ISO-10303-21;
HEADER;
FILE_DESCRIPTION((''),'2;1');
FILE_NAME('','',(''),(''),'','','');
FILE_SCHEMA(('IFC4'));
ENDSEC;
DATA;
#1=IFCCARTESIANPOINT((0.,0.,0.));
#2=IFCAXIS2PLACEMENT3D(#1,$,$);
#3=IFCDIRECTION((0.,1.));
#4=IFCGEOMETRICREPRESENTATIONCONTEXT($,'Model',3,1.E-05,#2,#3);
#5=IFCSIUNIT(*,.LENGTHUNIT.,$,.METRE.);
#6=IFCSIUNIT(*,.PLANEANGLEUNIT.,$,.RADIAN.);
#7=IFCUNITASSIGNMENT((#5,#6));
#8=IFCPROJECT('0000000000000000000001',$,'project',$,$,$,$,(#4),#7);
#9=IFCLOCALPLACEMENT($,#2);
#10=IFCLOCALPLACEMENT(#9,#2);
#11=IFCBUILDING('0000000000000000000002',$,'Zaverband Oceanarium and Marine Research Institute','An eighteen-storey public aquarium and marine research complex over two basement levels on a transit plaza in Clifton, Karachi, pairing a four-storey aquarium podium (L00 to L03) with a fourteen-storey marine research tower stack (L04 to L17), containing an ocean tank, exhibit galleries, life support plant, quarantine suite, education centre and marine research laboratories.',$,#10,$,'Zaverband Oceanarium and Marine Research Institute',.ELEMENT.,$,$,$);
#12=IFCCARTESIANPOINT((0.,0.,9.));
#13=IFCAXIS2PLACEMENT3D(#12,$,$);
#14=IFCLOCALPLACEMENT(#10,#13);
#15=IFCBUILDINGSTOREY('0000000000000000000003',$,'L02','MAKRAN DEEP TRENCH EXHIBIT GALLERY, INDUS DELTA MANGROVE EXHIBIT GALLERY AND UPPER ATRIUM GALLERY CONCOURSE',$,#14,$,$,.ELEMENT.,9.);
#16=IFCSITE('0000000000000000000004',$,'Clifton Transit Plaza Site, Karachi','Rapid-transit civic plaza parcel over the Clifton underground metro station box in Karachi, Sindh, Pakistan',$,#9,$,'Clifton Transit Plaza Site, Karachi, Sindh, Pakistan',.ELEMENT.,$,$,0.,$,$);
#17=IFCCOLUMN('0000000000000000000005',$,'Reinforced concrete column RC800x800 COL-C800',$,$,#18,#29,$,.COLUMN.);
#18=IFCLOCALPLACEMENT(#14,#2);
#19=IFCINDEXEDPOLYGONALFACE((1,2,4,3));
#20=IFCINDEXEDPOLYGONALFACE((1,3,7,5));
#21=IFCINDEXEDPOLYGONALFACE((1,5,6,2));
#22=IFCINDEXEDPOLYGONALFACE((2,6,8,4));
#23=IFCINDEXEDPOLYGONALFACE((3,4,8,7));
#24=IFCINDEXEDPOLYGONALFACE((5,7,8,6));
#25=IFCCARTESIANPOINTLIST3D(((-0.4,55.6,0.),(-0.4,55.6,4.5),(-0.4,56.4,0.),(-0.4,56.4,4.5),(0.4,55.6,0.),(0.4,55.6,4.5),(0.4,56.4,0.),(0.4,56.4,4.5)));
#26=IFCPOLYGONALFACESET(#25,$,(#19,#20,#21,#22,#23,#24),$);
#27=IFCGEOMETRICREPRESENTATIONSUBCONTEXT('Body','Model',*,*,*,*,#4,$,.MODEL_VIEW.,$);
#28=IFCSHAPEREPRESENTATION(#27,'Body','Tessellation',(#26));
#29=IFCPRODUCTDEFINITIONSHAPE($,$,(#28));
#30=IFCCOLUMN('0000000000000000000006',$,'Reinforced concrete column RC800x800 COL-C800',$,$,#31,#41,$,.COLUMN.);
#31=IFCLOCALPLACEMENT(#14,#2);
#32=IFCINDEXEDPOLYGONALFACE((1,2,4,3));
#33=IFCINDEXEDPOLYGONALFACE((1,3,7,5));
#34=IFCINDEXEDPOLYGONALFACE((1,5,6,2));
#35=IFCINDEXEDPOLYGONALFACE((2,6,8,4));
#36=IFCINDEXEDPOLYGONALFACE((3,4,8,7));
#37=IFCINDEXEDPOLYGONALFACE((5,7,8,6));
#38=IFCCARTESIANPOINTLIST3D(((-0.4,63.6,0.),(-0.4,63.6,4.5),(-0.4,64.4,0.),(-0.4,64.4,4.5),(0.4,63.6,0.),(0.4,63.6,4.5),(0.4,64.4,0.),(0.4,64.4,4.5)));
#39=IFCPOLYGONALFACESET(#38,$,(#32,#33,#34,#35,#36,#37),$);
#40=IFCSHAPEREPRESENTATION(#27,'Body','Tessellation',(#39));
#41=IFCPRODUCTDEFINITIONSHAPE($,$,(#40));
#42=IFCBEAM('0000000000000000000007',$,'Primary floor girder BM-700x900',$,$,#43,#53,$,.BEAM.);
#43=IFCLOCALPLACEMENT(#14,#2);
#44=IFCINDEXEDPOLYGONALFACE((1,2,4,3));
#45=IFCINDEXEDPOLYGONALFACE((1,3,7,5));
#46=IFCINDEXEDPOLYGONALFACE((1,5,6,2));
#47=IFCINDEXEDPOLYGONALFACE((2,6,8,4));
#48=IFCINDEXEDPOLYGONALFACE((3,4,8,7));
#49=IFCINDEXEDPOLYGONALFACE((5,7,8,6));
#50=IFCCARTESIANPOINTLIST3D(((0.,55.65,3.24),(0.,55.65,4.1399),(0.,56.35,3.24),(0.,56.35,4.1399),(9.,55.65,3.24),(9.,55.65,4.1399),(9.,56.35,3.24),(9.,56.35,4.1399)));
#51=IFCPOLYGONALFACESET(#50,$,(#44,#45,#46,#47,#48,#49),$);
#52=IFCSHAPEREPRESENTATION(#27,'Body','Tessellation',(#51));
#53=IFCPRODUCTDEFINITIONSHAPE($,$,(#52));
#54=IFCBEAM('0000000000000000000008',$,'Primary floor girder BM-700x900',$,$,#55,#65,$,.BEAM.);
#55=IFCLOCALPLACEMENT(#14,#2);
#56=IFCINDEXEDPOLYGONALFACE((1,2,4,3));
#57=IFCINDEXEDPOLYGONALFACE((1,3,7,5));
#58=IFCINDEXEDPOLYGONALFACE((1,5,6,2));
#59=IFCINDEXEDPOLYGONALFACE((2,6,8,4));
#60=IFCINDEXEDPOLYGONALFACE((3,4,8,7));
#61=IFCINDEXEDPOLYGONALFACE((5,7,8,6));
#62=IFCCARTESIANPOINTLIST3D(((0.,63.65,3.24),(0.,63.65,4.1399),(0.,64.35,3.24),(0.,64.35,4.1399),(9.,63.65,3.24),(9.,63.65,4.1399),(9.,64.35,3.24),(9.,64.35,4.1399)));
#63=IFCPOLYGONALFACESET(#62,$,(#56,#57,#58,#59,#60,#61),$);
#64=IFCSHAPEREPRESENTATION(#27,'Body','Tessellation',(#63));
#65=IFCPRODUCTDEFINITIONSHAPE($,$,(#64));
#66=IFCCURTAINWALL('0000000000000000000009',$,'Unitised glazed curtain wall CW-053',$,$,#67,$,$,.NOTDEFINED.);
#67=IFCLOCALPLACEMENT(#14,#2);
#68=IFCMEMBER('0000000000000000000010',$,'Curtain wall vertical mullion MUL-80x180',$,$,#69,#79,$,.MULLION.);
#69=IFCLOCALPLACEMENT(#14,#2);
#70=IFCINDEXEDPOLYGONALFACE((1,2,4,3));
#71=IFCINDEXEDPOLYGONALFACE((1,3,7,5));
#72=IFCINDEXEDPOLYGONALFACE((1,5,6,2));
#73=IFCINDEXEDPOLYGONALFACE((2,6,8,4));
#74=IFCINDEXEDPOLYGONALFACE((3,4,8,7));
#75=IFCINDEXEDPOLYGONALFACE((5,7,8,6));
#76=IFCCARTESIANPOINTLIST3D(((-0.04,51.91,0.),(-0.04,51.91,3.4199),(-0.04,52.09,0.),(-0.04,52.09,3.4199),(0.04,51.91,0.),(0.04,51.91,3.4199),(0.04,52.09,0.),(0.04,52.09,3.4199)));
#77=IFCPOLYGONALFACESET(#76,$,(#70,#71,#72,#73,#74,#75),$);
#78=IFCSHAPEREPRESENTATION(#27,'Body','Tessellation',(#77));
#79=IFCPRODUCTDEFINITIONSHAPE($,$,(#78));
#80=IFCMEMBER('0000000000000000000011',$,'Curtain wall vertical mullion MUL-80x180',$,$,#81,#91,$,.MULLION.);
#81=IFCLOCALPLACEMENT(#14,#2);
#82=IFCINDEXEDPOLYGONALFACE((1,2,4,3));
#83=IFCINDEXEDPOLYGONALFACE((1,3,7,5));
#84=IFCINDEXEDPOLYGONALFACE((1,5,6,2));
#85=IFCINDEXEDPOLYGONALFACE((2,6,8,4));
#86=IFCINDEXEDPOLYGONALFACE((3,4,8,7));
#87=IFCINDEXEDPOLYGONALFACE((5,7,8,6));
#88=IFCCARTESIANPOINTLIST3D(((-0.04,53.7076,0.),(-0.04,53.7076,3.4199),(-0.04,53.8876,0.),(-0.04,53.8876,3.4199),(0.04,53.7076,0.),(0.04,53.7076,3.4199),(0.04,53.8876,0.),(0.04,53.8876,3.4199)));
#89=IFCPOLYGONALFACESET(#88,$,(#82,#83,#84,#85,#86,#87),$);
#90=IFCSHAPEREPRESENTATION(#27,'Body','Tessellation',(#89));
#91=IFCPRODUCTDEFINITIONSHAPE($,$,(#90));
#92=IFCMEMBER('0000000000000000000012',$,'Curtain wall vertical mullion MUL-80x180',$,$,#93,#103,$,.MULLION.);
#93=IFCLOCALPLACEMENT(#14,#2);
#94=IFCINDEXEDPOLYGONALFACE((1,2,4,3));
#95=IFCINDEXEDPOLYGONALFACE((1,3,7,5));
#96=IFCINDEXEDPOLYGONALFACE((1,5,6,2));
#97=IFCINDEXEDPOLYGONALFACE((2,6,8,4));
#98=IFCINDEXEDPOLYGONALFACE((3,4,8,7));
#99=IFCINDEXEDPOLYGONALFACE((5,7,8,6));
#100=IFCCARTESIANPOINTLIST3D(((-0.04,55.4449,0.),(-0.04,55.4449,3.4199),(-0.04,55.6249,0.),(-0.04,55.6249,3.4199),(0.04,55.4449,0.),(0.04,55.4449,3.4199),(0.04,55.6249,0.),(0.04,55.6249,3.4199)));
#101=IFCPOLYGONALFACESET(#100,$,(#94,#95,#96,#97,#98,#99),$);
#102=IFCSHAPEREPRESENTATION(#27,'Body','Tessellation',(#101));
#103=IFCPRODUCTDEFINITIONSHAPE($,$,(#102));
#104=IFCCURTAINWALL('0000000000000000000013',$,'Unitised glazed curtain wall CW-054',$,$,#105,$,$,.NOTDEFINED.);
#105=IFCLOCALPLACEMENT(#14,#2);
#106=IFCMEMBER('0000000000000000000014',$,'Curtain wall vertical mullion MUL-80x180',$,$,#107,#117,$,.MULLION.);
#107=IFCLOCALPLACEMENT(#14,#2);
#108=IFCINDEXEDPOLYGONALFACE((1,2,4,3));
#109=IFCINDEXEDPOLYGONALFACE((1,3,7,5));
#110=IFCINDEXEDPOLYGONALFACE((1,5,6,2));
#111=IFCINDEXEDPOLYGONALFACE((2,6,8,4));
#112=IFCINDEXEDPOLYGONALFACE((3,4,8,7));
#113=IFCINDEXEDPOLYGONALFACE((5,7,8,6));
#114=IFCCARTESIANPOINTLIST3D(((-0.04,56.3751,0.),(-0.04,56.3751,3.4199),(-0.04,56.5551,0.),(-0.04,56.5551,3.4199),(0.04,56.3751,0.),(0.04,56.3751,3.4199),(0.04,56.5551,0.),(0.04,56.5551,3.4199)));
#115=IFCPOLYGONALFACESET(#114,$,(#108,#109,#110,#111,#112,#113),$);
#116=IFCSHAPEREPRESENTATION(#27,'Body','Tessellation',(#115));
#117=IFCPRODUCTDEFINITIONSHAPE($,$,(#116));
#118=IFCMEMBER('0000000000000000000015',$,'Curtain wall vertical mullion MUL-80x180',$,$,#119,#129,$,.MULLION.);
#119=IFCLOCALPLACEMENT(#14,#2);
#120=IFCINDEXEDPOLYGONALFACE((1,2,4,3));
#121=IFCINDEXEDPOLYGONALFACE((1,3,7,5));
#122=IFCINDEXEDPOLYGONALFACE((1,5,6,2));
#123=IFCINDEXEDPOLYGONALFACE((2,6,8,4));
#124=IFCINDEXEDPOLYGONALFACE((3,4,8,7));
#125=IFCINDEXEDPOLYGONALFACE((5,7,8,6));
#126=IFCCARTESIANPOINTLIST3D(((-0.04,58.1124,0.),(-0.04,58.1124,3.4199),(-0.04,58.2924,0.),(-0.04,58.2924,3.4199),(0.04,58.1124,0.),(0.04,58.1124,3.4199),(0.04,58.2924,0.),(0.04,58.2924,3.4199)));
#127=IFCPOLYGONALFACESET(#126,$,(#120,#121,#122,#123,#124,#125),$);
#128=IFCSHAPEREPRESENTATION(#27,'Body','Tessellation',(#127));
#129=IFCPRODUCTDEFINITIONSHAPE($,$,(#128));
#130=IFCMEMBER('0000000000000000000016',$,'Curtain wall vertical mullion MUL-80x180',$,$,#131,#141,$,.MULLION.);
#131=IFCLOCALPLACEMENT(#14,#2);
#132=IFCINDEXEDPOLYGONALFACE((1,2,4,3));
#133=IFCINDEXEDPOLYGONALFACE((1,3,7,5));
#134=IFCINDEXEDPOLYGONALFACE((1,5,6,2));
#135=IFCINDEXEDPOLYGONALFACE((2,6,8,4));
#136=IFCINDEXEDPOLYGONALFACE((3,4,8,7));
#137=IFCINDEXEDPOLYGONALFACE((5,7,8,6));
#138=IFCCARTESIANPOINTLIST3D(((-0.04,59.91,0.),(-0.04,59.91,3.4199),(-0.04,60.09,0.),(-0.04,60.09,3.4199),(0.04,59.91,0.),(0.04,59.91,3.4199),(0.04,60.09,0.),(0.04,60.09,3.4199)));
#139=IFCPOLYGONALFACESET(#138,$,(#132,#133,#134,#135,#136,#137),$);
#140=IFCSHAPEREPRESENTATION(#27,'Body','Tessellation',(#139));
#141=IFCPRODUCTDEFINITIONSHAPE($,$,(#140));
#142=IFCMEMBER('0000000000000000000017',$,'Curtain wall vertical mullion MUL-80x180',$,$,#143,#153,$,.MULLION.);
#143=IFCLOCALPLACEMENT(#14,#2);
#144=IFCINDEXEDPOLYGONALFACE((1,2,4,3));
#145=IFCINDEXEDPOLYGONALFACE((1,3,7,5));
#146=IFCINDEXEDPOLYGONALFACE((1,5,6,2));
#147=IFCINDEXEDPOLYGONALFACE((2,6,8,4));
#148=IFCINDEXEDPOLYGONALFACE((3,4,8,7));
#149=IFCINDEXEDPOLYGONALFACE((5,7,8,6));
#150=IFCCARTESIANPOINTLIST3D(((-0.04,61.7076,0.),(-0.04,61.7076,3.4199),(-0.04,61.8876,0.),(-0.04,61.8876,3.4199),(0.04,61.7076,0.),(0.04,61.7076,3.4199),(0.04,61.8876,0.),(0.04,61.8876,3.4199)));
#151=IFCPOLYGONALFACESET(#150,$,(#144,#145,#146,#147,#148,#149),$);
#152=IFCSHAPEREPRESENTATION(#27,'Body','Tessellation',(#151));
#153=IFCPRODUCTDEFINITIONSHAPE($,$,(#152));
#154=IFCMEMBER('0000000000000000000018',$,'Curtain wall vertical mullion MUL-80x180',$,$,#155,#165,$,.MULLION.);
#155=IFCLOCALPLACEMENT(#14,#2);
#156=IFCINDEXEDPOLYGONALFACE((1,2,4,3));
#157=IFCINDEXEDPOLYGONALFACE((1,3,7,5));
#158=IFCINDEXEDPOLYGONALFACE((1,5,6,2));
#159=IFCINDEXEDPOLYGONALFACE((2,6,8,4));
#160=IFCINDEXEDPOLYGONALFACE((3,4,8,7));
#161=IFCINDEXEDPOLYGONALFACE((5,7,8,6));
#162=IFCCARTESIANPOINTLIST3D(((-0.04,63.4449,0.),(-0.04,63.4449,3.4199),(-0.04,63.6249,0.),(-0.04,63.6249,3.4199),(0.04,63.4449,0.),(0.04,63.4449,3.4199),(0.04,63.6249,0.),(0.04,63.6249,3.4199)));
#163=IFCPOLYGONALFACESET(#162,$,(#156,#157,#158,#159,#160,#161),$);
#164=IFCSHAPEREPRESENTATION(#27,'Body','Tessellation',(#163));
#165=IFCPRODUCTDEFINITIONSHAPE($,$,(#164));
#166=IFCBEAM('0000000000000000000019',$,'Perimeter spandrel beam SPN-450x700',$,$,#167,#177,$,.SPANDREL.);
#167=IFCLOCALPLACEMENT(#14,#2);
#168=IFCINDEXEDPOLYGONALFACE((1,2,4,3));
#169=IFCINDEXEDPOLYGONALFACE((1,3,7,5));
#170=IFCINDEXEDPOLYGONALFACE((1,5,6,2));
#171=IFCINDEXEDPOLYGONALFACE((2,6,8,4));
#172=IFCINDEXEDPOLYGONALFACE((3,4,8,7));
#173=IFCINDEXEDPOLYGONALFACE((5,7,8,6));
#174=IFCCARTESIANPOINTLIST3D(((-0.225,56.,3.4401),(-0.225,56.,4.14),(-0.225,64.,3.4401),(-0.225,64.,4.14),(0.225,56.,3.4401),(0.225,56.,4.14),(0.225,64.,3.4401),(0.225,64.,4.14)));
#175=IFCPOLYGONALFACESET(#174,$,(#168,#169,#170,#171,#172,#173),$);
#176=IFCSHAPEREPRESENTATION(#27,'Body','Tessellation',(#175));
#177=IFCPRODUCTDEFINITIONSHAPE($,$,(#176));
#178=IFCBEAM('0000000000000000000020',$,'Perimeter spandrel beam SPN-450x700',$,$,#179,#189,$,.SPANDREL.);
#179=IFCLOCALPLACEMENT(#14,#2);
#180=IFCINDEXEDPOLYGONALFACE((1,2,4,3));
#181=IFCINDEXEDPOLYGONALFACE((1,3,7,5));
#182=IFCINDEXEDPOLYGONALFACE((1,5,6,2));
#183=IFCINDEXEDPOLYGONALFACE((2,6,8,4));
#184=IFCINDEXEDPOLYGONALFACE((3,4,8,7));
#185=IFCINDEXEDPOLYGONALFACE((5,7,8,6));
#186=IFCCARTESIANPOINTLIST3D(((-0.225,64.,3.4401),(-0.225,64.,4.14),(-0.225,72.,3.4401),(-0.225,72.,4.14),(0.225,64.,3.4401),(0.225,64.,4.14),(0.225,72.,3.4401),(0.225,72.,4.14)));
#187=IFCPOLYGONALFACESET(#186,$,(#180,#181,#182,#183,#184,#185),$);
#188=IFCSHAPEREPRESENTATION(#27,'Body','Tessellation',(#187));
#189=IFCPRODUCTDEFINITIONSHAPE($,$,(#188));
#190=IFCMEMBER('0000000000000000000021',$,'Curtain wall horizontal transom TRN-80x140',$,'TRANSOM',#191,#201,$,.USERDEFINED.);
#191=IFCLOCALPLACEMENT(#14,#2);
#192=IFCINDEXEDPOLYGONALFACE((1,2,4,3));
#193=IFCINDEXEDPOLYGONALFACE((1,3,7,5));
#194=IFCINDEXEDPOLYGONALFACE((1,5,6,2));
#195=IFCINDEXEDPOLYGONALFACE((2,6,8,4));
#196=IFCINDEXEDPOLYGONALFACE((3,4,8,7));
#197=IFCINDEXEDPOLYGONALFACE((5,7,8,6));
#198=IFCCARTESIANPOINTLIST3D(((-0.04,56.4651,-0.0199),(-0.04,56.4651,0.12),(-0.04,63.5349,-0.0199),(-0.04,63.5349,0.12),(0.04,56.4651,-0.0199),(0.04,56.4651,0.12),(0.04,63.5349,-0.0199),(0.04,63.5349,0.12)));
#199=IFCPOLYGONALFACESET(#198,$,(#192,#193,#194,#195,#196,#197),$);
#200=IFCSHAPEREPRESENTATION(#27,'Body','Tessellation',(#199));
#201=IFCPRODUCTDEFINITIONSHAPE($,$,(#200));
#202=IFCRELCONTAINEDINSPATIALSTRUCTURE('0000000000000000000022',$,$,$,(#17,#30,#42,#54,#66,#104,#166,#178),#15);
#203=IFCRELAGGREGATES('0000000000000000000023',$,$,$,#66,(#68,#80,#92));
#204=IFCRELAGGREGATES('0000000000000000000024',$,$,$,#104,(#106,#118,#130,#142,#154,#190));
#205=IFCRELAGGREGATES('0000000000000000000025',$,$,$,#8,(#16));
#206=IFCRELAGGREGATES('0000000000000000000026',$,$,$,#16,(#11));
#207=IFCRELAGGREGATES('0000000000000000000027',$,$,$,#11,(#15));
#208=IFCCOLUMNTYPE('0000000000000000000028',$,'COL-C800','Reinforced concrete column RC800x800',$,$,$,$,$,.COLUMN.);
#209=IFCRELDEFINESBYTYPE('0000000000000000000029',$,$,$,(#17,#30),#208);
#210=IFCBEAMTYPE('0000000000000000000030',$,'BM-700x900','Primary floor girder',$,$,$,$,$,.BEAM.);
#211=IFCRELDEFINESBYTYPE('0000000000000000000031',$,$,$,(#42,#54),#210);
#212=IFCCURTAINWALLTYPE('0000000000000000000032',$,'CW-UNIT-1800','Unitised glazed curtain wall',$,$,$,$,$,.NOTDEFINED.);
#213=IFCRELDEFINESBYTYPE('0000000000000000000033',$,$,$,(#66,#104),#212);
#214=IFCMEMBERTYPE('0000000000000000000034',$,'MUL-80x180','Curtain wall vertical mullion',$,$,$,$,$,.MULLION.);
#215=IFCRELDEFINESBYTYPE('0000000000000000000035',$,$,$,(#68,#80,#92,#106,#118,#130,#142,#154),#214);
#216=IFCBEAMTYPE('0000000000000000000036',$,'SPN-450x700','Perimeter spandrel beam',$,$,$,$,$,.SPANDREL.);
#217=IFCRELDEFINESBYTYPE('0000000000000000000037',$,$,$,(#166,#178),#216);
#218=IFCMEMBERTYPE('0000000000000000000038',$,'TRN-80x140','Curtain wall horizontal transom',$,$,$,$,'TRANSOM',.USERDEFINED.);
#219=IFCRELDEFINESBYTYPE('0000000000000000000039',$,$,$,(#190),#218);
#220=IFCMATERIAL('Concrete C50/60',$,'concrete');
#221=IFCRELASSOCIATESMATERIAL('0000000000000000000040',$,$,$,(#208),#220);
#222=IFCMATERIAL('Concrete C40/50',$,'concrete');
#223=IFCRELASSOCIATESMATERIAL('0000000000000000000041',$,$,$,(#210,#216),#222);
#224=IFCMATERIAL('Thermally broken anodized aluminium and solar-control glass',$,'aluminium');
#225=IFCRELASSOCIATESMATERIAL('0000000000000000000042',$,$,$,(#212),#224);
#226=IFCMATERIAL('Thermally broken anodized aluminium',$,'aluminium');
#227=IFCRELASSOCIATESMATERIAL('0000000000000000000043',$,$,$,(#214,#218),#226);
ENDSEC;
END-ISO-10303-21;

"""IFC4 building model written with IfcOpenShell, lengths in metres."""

from ifc_helpers import new_model, si_unit, direction, frame, origin, origin_2d, place, context, subcontext, project, spatial, rectangle, extrude, material, material_profile, profile_set, type_object, element, aggregate, save


model = new_model("IFC4")

# Units and contexts
model_context = context("Model", 3, precision=1e-05, world=origin(), true_north=direction((0.0, 1.0)))
body_context = subcontext(model_context, "Body", "Model", "MODEL_VIEW")
ifc_project = project(units=[si_unit("LENGTHUNIT", "METRE"), si_unit("PLANEANGLEUNIT", "RADIAN")], contexts=[model_context])

# Site, building, storey
site_placement = place(None, origin())
site = spatial("IfcSite", under=ifc_project, at=site_placement, Name="Clifton Transit Plaza Site, Karachi", Description="Rapid-transit civic plaza parcel over the Clifton underground metro station box in Karachi, Sindh, Pakistan", LongName="Clifton Transit Plaza Site, Karachi, Sindh, Pakistan", CompositionType="ELEMENT", RefElevation=0.0)
building_placement = place(site_placement, origin())
building = spatial("IfcBuilding", under=site, at=building_placement, Name="Zaverband Oceanarium and Marine Research Institute", Description="An eighteen-storey public aquarium and marine research complex over two basement levels on a transit plaza in Clifton, Karachi, pairing a four-storey aquarium podium (L00 to L03) with a fourteen-storey marine research tower stack (L04 to L17), containing an ocean tank, exhibit galleries, life support plant, quarantine suite, education centre and marine research laboratories.", LongName="Zaverband Oceanarium and Marine Research Institute", CompositionType="ELEMENT")
storey_placement = place(building_placement, frame((0.0, 0.0, 9.0)))
storey = spatial("IfcBuildingStorey", under=building, at=storey_placement, Name="L02", Description="MAKRAN DEEP TRENCH EXHIBIT GALLERY, INDUS DELTA MANGROVE EXHIBIT GALLERY AND UPPER ATRIUM GALLERY CONCOURSE", CompositionType="ELEMENT", Elevation=9.0)

# Columns
ifc_material_1 = material(Name="Concrete C50/60", Category="concrete")
ifc_material_profile_1 = material_profile(ifc_material_1, rectangle(XDim=0.8, YDim=0.8, at=origin_2d()), Name="RC800x800")
ifc_profile_set_1 = profile_set([ifc_material_profile_1], Name="Concrete C50/60")
column_type = type_object("IfcColumnType", Name="COL-C800", Description="Reinforced concrete column RC800x800", PredefinedType="COLUMN", material=ifc_profile_set_1)
for number, where, z_axis, x_axis, name in (
    (1, (0.0, 56.0, 0.0), (0.0, 0.0, 1.0), (1.0, 0.0, 0.0), "Reinforced concrete column RC800x800 COL-C800"),
    (2, (0.0, 64.0, 0.0), (0.0, 0.0, 1.0), (1.0, 0.0, 0.0), "Reinforced concrete column RC800x800 COL-C800"),
):
    element("IfcColumn", number, at=place(storey_placement, frame(where, z_axis=z_axis, x_axis=x_axis)), inside=storey, type_object=column_type, Name=name, PredefinedType="COLUMN", context=body_context, shape_type="SweptSolid", body=[
        extrude(rectangle(XDim=0.8, YDim=0.8, at=origin_2d()), origin(), (0.0, 0.0, 1.0), 4.5),
    ])

# Beams
ifc_material_2 = material(Name="Concrete C40/50", Category="concrete")
ifc_material_profile_2 = material_profile(ifc_material_2, rectangle(XDim=0.7, YDim=0.8999, at=origin_2d()), Name="RC700x900")
ifc_profile_set_2 = profile_set([ifc_material_profile_2], Name="Concrete C40/50")
beam_type_1 = type_object("IfcBeamType", Name="BM-700x900", Description="Primary floor girder", PredefinedType="BEAM", material=ifc_profile_set_2)
for number, where, z_axis, x_axis, name in (
    (3, (0.0, 56.0, 3.6899), (1.0, 0.0, 0.0), (0.0, 1.0, 0.0), "Primary floor girder BM-700x900"),
    (4, (0.0, 64.0, 3.6899), (1.0, 0.0, 0.0), (0.0, 1.0, 0.0), "Primary floor girder BM-700x900"),
):
    element("IfcBeam", number, at=place(storey_placement, frame(where, z_axis=z_axis, x_axis=x_axis)), inside=storey, type_object=beam_type_1, Name=name, PredefinedType="BEAM", context=body_context, shape_type="SweptSolid", body=[
        extrude(rectangle(XDim=0.7, YDim=0.8999, at=origin_2d()), origin(), (0.0, 0.0, 1.0), 9.0),
    ])

# Curtain walls, members
ifc_material_3 = material(Name="Thermally broken anodized aluminium and solar-control glass", Category="aluminium")
curtain_wall_type = type_object("IfcCurtainWallType", Name="CW-UNIT-1800", Description="Unitised glazed curtain wall", PredefinedType="NOTDEFINED", material=ifc_material_3)
curtain_wall_1_placement = place(storey_placement, origin())
curtain_wall_1 = element("IfcCurtainWall", 5, at=curtain_wall_1_placement, inside=storey, type_object=curtain_wall_type, Name="Unitised glazed curtain wall CW-053", PredefinedType="NOTDEFINED")
ifc_material_4 = material(Name="Thermally broken anodized aluminium", Category="aluminium")
ifc_material_profile_3 = material_profile(ifc_material_4, rectangle(XDim=0.0801, YDim=0.1799, at=origin_2d()), Name="AL-MUL-80x180")
ifc_profile_set_3 = profile_set([ifc_material_profile_3], Name="Thermally broken anodized aluminium")
member_type_1 = type_object("IfcMemberType", Name="MUL-80x180", Description="Curtain wall vertical mullion", PredefinedType="MULLION", material=ifc_profile_set_3)
member_1_placement = place(storey_placement, frame((0.0, 52.0, 0.0), z_axis=(0.0, 0.0, 1.0), x_axis=(1.0, 0.0, 0.0)))
member_1 = element("IfcMember", 6, at=member_1_placement, type_object=member_type_1, Name="Curtain wall vertical mullion MUL-80x180", PredefinedType="MULLION", context=body_context, shape_type="SweptSolid", body=[
    extrude(rectangle(XDim=0.0801, YDim=0.1799, at=origin_2d()), origin(), (0.0, 0.0, 1.0), 3.4199),
])
member_2_placement = place(storey_placement, frame((0.0, 53.7976, 0.0), z_axis=(0.0, 0.0, 1.0), x_axis=(1.0, 0.0, 0.0)))
member_2 = element("IfcMember", 7, at=member_2_placement, type_object=member_type_1, Name="Curtain wall vertical mullion MUL-80x180", PredefinedType="MULLION", context=body_context, shape_type="SweptSolid", body=[
    extrude(rectangle(XDim=0.0801, YDim=0.1799, at=origin_2d()), origin(), (0.0, 0.0, 1.0), 3.4199),
])
member_3_placement = place(storey_placement, frame((0.0, 55.5349, 0.0), z_axis=(0.0, 0.0, 1.0), x_axis=(1.0, 0.0, 0.0)))
member_3 = element("IfcMember", 8, at=member_3_placement, type_object=member_type_1, Name="Curtain wall vertical mullion MUL-80x180", PredefinedType="MULLION", context=body_context, shape_type="SweptSolid", body=[
    extrude(rectangle(XDim=0.0801, YDim=0.1799, at=origin_2d()), origin(), (0.0, 0.0, 1.0), 3.4199),
])
curtain_wall_2_placement = place(storey_placement, origin())
curtain_wall_2 = element("IfcCurtainWall", 9, at=curtain_wall_2_placement, inside=storey, type_object=curtain_wall_type, Name="Unitised glazed curtain wall CW-054", PredefinedType="NOTDEFINED")
member_4_placement = place(storey_placement, frame((0.0, 56.4651, 0.0), z_axis=(0.0, 0.0, 1.0), x_axis=(1.0, 0.0, 0.0)))
member_4 = element("IfcMember", 10, at=member_4_placement, type_object=member_type_1, Name="Curtain wall vertical mullion MUL-80x180", PredefinedType="MULLION", context=body_context, shape_type="SweptSolid", body=[
    extrude(rectangle(XDim=0.0801, YDim=0.1799, at=origin_2d()), origin(), (0.0, 0.0, 1.0), 3.4199),
])
member_5_placement = place(storey_placement, frame((0.0, 58.2024, 0.0), z_axis=(0.0, 0.0, 1.0), x_axis=(1.0, 0.0, 0.0)))
member_5 = element("IfcMember", 11, at=member_5_placement, type_object=member_type_1, Name="Curtain wall vertical mullion MUL-80x180", PredefinedType="MULLION", context=body_context, shape_type="SweptSolid", body=[
    extrude(rectangle(XDim=0.0801, YDim=0.1799, at=origin_2d()), origin(), (0.0, 0.0, 1.0), 3.4199),
])
member_6_placement = place(storey_placement, frame((0.0, 60.0, 0.0), z_axis=(0.0, 0.0, 1.0), x_axis=(1.0, 0.0, 0.0)))
member_6 = element("IfcMember", 12, at=member_6_placement, type_object=member_type_1, Name="Curtain wall vertical mullion MUL-80x180", PredefinedType="MULLION", context=body_context, shape_type="SweptSolid", body=[
    extrude(rectangle(XDim=0.0801, YDim=0.1799, at=origin_2d()), origin(), (0.0, 0.0, 1.0), 3.4199),
])
member_7_placement = place(storey_placement, frame((0.0, 61.7976, 0.0), z_axis=(0.0, 0.0, 1.0), x_axis=(1.0, 0.0, 0.0)))
member_7 = element("IfcMember", 13, at=member_7_placement, type_object=member_type_1, Name="Curtain wall vertical mullion MUL-80x180", PredefinedType="MULLION", context=body_context, shape_type="SweptSolid", body=[
    extrude(rectangle(XDim=0.0801, YDim=0.1799, at=origin_2d()), origin(), (0.0, 0.0, 1.0), 3.4199),
])
member_8_placement = place(storey_placement, frame((0.0, 63.5349, 0.0), z_axis=(0.0, 0.0, 1.0), x_axis=(1.0, 0.0, 0.0)))
member_8 = element("IfcMember", 14, at=member_8_placement, type_object=member_type_1, Name="Curtain wall vertical mullion MUL-80x180", PredefinedType="MULLION", context=body_context, shape_type="SweptSolid", body=[
    extrude(rectangle(XDim=0.0801, YDim=0.1799, at=origin_2d()), origin(), (0.0, 0.0, 1.0), 3.4199),
])

# Beams
ifc_material_profile_4 = material_profile(ifc_material_2, rectangle(XDim=0.45, YDim=0.7, at=origin_2d()), Name="RC450x700")
ifc_profile_set_4 = profile_set([ifc_material_profile_4], Name="Concrete C40/50")
beam_type_2 = type_object("IfcBeamType", Name="SPN-450x700", Description="Perimeter spandrel beam", PredefinedType="SPANDREL", material=ifc_profile_set_4)
for number, where, z_axis, x_axis, name in (
    (15, (0.0, 56.0, 3.79), (0.0, 1.0, 0.0), (-1.0, 0.0, 0.0), "Perimeter spandrel beam SPN-450x700"),
    (16, (0.0, 64.0, 3.79), (0.0, 1.0, 0.0), (-1.0, 0.0, 0.0), "Perimeter spandrel beam SPN-450x700"),
):
    element("IfcBeam", number, at=place(storey_placement, frame(where, z_axis=z_axis, x_axis=x_axis)), inside=storey, type_object=beam_type_2, Name=name, PredefinedType="SPANDREL", context=body_context, shape_type="SweptSolid", body=[
        extrude(rectangle(XDim=0.45, YDim=0.7, at=origin_2d()), origin(), (0.0, 0.0, 1.0), 8.0),
    ])

# Member
ifc_material_profile_5 = material_profile(ifc_material_4, rectangle(XDim=0.0801, YDim=0.1399, at=origin_2d()), Name="AL-TRN-80x140")
ifc_profile_set_5 = profile_set([ifc_material_profile_5], Name="Thermally broken anodized aluminium")
member_type_2 = type_object("IfcMemberType", Name="TRN-80x140", Description="Curtain wall horizontal transom", ElementType="TRANSOM", PredefinedType="USERDEFINED", material=ifc_profile_set_5)
member_9_placement = place(storey_placement, frame((0.0, 56.4651, 0.05), z_axis=(0.0, 1.0, 0.0), x_axis=(-1.0, 0.0, 0.0)))
member_9 = element("IfcMember", 17, at=member_9_placement, type_object=member_type_2, Name="Curtain wall horizontal transom TRN-80x140", ObjectType="TRANSOM", PredefinedType="USERDEFINED", context=body_context, shape_type="SweptSolid", body=[
    extrude(rectangle(XDim=0.0801, YDim=0.1399, at=origin_2d()), origin(), (0.0, 0.0, 1.0), 7.0698),
])

aggregate(curtain_wall_1, [member_1, member_2, member_3])
aggregate(curtain_wall_2, [member_4, member_5, member_6, member_7, member_8, member_9])

save(model, "model.ifc")
